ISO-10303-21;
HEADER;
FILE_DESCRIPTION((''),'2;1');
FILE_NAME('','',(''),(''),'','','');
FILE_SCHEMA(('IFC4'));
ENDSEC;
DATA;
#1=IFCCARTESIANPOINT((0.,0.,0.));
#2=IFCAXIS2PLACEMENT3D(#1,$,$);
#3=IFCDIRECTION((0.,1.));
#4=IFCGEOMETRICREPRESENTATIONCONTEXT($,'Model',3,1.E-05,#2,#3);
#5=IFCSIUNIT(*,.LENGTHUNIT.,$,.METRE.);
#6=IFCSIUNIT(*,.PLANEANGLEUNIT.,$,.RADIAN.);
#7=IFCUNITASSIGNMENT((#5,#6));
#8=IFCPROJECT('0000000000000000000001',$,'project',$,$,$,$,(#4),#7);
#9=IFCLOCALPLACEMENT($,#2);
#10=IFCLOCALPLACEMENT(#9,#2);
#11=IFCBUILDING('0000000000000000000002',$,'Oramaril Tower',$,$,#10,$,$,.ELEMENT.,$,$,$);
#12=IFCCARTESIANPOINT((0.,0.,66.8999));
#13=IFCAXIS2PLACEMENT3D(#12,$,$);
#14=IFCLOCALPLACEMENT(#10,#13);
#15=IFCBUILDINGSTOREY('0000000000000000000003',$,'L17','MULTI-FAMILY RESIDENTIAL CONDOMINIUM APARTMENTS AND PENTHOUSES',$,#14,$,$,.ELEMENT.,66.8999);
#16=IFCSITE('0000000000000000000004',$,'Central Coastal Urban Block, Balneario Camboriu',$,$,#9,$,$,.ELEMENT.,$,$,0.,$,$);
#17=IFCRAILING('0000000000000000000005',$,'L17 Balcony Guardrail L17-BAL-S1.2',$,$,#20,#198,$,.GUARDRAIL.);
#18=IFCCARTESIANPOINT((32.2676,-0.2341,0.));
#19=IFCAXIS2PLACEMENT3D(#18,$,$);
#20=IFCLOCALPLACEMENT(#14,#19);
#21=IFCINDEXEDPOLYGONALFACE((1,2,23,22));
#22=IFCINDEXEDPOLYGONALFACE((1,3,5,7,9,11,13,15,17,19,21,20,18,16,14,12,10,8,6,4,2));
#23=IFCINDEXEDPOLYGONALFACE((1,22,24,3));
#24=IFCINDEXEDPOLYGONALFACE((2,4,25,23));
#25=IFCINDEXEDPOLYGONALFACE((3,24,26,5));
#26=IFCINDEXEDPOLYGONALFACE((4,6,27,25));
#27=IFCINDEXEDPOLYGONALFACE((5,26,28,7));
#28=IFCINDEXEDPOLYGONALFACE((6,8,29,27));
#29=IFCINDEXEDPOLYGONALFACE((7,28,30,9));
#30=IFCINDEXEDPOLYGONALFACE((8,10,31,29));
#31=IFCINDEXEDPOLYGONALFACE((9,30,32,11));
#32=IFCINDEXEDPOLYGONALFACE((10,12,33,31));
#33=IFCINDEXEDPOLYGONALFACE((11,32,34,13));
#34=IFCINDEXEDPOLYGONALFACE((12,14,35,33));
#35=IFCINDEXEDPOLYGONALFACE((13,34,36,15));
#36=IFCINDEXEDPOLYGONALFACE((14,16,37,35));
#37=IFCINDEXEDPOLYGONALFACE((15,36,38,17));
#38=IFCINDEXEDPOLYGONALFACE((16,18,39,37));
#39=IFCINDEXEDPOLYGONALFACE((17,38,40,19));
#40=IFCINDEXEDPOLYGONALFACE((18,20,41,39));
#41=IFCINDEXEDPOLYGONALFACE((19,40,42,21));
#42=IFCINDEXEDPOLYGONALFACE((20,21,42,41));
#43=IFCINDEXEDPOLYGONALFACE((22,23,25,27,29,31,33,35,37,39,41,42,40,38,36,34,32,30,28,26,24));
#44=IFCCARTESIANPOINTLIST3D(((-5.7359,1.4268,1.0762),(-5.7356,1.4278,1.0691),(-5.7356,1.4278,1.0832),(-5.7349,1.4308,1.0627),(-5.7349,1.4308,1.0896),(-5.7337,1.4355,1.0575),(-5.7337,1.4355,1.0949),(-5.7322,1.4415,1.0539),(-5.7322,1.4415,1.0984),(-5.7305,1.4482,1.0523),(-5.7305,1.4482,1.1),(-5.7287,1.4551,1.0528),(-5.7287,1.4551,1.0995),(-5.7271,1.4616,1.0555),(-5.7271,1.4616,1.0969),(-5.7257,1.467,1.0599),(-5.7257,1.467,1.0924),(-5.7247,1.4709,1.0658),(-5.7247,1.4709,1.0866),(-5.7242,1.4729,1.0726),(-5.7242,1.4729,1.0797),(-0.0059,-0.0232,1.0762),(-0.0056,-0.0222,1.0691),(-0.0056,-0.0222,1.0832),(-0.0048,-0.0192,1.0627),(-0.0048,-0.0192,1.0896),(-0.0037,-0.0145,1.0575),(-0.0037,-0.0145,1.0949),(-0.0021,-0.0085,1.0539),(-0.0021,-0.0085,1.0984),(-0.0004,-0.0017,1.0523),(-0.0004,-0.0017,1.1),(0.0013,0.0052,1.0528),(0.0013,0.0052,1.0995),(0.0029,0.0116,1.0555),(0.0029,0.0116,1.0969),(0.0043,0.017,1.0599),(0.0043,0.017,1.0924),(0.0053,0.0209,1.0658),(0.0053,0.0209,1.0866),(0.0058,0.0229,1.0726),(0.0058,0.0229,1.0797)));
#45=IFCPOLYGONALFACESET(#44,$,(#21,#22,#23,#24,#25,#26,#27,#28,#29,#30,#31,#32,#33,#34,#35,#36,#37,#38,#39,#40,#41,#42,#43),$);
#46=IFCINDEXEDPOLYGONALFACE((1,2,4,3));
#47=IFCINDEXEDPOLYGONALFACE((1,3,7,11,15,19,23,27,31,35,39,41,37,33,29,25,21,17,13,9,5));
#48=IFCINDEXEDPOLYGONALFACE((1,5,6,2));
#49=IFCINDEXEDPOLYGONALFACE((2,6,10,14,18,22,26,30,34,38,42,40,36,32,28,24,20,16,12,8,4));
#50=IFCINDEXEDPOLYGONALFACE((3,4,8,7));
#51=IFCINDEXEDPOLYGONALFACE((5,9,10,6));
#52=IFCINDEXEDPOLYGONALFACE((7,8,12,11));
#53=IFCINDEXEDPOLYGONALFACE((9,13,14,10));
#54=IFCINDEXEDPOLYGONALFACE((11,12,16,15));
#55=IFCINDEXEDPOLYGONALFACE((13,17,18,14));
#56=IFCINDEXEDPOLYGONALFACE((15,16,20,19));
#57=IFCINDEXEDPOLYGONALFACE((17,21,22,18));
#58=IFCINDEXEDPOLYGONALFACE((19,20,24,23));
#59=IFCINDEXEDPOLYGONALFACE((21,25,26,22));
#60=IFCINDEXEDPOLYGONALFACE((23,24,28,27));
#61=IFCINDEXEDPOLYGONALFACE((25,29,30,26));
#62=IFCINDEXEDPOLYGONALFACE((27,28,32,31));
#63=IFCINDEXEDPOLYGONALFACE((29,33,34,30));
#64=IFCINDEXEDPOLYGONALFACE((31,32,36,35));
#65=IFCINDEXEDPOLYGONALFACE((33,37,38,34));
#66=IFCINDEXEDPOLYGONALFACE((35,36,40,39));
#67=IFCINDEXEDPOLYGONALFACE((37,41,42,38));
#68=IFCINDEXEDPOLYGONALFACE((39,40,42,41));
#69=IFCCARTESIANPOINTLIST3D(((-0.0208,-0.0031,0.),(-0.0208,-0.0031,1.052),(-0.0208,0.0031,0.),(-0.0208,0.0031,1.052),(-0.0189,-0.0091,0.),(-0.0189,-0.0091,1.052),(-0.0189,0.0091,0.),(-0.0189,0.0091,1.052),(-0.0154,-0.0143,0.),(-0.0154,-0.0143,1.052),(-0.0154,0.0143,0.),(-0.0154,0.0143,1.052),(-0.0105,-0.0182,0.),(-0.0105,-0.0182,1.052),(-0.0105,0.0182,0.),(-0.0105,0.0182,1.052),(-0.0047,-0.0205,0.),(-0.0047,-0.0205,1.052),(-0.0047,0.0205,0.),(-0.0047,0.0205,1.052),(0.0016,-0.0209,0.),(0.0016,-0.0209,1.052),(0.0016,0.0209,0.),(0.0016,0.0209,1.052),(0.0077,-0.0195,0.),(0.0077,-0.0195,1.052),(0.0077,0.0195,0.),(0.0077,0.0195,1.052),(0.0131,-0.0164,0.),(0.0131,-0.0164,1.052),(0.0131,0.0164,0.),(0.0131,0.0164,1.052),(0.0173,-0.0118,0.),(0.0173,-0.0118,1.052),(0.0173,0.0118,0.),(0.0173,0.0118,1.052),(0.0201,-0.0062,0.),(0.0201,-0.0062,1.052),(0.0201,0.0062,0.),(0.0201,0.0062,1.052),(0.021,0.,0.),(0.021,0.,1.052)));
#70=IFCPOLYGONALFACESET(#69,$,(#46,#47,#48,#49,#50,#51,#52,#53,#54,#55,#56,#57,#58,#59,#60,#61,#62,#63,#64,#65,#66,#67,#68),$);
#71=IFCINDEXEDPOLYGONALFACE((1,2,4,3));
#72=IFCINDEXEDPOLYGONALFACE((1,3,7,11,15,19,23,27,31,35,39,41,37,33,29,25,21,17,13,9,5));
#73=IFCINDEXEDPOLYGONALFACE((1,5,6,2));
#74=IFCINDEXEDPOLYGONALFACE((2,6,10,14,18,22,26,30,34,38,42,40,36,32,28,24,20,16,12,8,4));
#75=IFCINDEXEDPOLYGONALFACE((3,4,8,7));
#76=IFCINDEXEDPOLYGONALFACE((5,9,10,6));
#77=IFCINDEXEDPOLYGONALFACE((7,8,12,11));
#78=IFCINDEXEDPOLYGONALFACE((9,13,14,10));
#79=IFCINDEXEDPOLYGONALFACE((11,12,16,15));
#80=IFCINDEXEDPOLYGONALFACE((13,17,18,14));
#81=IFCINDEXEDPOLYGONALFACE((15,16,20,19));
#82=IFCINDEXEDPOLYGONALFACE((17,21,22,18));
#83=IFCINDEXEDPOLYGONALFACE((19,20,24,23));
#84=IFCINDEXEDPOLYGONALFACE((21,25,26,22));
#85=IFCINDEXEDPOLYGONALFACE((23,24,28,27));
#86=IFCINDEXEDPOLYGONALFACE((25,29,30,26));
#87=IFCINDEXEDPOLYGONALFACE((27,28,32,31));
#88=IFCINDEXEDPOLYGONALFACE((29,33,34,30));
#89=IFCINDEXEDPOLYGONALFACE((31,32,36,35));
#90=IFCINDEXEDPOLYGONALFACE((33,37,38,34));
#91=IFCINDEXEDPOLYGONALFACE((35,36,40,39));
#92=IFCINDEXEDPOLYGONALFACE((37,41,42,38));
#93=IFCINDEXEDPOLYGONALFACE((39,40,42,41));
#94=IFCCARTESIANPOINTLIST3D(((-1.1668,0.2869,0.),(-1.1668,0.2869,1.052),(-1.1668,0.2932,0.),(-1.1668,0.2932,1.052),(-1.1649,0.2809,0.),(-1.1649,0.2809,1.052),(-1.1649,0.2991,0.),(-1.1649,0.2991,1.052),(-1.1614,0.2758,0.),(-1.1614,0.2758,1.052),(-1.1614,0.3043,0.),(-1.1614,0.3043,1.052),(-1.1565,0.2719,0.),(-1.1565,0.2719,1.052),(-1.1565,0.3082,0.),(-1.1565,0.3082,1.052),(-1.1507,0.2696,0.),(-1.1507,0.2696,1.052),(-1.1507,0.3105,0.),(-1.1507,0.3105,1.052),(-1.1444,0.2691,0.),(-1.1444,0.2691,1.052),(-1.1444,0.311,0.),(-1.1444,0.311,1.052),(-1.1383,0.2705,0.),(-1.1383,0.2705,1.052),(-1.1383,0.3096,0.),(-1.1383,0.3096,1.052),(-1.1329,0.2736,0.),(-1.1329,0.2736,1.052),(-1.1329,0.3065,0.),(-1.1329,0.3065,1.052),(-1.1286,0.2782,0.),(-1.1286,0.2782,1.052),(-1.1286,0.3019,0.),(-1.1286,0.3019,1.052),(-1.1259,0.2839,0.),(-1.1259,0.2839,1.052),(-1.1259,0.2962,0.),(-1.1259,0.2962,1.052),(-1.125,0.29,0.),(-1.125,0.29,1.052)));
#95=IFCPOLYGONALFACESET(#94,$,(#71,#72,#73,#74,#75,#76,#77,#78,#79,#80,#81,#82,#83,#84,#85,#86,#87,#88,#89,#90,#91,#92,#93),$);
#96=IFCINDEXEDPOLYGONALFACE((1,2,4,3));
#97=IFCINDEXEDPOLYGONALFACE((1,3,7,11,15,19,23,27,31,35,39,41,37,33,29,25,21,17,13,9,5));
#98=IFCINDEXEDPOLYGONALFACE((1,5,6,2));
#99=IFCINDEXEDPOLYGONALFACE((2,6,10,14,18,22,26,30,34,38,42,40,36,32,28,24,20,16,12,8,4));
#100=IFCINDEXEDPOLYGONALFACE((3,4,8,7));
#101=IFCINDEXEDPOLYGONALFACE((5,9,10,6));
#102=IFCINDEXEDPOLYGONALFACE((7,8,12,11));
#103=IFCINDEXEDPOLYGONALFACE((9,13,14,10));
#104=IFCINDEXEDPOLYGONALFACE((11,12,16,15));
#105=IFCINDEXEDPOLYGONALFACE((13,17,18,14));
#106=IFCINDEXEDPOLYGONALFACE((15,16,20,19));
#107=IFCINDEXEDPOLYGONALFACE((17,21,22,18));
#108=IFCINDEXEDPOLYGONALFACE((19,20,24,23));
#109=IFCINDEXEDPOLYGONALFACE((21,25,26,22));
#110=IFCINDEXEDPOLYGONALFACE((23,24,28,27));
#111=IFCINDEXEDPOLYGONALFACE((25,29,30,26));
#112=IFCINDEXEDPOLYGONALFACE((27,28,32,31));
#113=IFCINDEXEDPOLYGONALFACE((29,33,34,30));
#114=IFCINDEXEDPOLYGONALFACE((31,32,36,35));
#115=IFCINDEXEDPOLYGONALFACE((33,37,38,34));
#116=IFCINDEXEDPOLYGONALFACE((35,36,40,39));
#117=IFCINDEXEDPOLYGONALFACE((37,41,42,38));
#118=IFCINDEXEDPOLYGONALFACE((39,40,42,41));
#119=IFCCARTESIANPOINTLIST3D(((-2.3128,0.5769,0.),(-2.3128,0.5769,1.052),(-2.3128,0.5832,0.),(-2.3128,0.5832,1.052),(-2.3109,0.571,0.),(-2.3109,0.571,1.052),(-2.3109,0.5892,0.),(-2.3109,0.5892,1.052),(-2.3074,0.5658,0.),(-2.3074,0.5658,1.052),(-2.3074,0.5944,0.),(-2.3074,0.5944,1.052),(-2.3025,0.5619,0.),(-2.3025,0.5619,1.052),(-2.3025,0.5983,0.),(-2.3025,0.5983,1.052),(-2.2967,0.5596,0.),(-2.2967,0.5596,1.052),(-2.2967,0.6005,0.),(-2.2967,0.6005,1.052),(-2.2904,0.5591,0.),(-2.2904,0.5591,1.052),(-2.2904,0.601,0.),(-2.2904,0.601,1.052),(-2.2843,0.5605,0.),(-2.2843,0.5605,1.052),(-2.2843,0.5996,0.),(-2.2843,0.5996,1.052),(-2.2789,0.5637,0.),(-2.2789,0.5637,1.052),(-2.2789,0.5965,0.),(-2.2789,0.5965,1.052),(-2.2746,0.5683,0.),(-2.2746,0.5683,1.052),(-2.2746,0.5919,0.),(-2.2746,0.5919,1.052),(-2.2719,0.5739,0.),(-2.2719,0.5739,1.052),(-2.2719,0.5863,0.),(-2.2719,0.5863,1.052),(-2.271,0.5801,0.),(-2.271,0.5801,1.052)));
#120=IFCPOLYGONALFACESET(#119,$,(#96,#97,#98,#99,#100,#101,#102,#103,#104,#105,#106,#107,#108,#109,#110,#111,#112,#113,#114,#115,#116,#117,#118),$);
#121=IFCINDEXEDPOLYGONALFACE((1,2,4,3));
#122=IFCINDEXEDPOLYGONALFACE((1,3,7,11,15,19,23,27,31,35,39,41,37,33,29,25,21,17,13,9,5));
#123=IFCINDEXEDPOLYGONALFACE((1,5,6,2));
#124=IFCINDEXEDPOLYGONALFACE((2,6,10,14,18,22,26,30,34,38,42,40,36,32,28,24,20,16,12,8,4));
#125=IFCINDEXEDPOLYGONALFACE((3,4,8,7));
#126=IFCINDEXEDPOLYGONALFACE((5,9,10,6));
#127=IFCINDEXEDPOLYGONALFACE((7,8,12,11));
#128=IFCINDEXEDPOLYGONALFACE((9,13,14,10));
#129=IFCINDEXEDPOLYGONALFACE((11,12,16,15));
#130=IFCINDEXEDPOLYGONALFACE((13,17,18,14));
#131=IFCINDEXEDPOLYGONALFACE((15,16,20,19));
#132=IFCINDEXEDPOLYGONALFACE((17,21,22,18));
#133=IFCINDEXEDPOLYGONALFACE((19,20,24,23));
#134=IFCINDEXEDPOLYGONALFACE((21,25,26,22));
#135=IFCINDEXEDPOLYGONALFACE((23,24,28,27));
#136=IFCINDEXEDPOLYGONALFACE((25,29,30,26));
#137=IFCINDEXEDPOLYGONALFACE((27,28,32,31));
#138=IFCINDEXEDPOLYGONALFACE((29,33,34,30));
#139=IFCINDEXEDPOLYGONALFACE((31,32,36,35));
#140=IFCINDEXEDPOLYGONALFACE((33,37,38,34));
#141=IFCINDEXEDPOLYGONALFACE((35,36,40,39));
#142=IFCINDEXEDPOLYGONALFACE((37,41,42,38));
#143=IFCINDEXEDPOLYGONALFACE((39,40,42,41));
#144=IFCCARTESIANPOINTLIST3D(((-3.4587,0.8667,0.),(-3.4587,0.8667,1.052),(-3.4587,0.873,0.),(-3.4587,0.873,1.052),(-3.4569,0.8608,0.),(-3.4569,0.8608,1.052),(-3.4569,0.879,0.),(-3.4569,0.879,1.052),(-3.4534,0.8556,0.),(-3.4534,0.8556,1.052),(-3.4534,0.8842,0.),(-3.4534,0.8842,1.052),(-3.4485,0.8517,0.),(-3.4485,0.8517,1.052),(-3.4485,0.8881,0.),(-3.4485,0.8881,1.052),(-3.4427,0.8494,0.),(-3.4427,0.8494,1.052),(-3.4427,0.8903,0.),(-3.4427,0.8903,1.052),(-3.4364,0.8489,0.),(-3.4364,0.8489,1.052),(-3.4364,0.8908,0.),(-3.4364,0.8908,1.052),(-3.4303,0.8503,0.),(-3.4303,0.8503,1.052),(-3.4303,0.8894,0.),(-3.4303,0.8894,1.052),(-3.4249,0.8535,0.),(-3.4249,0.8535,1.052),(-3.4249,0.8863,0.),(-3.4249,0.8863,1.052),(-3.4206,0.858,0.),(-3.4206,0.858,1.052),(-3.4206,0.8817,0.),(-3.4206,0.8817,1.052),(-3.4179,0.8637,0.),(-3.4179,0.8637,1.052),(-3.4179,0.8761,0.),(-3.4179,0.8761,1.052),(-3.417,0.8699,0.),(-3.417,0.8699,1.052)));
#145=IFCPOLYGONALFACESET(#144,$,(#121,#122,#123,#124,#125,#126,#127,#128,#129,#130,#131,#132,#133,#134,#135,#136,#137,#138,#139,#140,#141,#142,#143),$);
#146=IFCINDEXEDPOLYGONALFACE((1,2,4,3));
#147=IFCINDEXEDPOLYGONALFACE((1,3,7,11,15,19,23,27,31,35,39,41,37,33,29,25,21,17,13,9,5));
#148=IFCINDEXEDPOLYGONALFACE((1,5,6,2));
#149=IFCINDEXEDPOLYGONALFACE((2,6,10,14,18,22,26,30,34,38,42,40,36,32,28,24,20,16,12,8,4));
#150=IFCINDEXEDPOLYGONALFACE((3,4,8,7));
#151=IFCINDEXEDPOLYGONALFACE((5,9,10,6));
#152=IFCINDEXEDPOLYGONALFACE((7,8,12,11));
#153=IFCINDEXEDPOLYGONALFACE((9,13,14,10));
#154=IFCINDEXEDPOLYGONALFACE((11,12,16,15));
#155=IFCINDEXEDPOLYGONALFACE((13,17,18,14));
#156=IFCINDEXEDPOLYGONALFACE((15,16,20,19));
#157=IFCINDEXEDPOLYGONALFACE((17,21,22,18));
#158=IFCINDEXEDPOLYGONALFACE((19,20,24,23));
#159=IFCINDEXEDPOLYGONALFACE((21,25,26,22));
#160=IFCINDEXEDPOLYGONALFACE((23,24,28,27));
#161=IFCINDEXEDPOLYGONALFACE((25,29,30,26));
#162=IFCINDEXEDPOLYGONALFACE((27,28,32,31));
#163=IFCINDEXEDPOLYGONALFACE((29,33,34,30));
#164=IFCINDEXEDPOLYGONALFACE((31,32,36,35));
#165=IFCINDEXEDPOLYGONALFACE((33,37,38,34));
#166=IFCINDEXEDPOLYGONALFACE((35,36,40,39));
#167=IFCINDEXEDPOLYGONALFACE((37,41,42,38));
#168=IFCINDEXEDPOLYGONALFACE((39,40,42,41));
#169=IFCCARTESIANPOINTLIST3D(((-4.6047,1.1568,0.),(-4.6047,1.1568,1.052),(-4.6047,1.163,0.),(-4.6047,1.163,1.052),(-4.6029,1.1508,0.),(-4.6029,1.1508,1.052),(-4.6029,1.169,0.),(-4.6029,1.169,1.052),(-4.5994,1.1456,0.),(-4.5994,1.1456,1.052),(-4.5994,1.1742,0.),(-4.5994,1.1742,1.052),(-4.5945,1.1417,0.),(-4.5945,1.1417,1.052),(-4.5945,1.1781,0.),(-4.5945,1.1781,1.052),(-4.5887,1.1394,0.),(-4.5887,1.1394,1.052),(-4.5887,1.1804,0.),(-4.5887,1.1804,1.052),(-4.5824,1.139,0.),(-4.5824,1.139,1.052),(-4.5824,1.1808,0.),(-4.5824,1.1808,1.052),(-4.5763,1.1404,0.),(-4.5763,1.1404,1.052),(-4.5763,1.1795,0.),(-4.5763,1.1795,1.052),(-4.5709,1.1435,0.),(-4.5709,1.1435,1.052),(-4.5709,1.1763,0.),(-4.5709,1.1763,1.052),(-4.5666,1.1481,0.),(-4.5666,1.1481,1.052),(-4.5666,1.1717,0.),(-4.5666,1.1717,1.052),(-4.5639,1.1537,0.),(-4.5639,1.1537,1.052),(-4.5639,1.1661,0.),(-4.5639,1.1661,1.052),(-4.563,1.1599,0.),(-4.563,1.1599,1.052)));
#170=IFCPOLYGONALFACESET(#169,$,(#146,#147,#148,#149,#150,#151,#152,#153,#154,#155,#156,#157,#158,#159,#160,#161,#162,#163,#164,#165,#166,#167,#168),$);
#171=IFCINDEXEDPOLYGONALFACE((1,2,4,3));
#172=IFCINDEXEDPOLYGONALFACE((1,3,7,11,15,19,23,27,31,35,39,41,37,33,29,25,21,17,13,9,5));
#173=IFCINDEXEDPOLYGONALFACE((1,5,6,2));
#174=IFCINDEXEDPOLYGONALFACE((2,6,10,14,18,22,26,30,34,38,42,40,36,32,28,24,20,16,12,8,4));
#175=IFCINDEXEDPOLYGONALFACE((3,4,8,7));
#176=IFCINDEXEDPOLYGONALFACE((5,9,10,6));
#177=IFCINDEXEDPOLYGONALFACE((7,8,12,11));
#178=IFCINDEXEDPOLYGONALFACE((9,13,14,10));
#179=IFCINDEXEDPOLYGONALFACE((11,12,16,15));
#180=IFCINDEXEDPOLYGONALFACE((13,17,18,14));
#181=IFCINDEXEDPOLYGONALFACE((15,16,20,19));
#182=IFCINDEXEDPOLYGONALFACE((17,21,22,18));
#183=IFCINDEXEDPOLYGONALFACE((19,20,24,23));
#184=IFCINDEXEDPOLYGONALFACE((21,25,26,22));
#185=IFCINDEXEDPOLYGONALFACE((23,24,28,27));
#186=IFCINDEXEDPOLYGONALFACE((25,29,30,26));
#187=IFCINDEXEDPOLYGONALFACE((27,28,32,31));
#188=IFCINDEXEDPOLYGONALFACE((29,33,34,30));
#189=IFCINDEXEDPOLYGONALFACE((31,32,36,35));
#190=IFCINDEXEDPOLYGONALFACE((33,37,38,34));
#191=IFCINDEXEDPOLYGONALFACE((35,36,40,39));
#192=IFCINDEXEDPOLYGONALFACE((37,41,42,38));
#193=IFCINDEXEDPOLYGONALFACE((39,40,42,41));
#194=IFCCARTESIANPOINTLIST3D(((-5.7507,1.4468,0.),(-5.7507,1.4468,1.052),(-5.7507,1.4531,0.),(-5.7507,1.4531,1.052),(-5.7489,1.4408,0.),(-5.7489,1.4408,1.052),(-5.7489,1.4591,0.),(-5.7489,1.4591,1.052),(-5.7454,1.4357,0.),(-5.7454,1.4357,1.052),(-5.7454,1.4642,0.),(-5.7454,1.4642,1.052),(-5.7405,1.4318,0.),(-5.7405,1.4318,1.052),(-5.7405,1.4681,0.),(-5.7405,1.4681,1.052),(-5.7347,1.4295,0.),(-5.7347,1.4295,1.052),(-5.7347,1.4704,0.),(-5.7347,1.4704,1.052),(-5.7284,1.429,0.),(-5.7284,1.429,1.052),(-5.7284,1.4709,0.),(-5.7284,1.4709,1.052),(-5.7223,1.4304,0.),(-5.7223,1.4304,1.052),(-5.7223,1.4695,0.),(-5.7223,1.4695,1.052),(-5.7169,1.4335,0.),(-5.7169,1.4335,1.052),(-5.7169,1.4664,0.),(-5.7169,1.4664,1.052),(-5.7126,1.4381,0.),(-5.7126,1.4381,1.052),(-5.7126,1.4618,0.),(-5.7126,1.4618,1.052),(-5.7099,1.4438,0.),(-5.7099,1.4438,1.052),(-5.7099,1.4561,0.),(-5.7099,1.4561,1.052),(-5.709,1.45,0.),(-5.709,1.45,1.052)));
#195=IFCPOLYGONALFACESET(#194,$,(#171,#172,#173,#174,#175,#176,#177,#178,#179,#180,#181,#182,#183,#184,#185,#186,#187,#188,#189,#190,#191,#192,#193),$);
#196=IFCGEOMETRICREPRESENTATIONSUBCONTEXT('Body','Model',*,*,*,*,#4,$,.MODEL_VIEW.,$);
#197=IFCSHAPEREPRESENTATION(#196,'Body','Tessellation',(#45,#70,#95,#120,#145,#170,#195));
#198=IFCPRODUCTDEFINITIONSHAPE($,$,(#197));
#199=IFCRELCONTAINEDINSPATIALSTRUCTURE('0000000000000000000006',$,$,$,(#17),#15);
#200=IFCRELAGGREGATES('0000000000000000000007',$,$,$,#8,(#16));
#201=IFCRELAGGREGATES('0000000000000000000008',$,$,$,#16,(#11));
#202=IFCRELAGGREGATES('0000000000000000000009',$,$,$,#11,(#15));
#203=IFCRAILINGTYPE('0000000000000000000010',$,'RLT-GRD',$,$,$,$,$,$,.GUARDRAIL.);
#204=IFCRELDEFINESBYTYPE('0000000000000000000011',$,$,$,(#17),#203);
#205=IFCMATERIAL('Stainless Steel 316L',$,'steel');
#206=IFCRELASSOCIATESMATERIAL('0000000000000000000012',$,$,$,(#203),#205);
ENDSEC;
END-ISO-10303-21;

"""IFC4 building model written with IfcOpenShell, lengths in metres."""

from ifc_helpers import new_model, si_unit, direction, frame, origin, origin_2d, place, context, subcontext, project, spatial, circle, extrude, material, type_object, element, save


model = new_model("IFC4")

# Units and contexts
model_context = context("Model", 3, precision=1e-05, world=origin(), true_north=direction((0.0, 1.0)))
body_context = subcontext(model_context, "Body", "Model", "MODEL_VIEW")
ifc_project = project(units=[si_unit("LENGTHUNIT", "METRE"), si_unit("PLANEANGLEUNIT", "RADIAN")], contexts=[model_context])

# Site, building, storey
site_placement = place(None, origin())
site = spatial("IfcSite", under=ifc_project, at=site_placement, Name="Central Coastal Urban Block, Balneario Camboriu", CompositionType="ELEMENT", RefElevation=0.0)
building_placement = place(site_placement, origin())
building = spatial("IfcBuilding", under=site, at=building_placement, Name="Oramaril Tower", CompositionType="ELEMENT")
storey_placement = place(building_placement, frame((0.0, 0.0, 66.8999)))
storey = spatial("IfcBuildingStorey", under=building, at=storey_placement, Name="L17", Description="MULTI-FAMILY RESIDENTIAL CONDOMINIUM APARTMENTS AND PENTHOUSES", CompositionType="ELEMENT", Elevation=66.8999)

# Railing
ifc_material_1 = material(Name="Stainless Steel 316L", Category="steel")
railing_type = type_object("IfcRailingType", Name="RLT-GRD", PredefinedType="GUARDRAIL", material=ifc_material_1)
railing_placement = place(storey_placement, frame((32.2676, -0.2341, 0.0)))
element("IfcRailing", 1, at=railing_placement, inside=storey, type_object=railing_type, Name="L17 Balcony Guardrail L17-BAL-S1.2", PredefinedType="GUARDRAIL", context=body_context, shape_type="SweptSolid", body=[
    extrude(circle(Radius=0.0239, at=origin_2d()), frame((0.0, 0.0, 1.0762), z_axis=(-0.969444, 0.245314, 0.0), x_axis=(-0.245314, -0.969444, 0.0)), (0.0, 0.0, 1.0), 5.9106),
    extrude(circle(Radius=0.021, at=origin_2d()), origin(), (0.0, 0.0, 1.0), 1.052),
    extrude(circle(Radius=0.021, at=origin_2d()), frame((-1.146, 0.29, 0.0)), (0.0, 0.0, 1.0), 1.052),
    extrude(circle(Radius=0.021, at=origin_2d()), frame((-2.292, 0.5801, 0.0)), (0.0, 0.0, 1.0), 1.052),
    extrude(circle(Radius=0.021, at=origin_2d()), frame((-3.438, 0.8699, 0.0)), (0.0, 0.0, 1.0), 1.052),
    extrude(circle(Radius=0.021, at=origin_2d()), frame((-4.584, 1.1599, 0.0)), (0.0, 0.0, 1.0), 1.052),
    extrude(circle(Radius=0.021, at=origin_2d()), frame((-5.73, 1.45, 0.0)), (0.0, 0.0, 1.0), 1.052),
])

save(model, "model.ifc")
